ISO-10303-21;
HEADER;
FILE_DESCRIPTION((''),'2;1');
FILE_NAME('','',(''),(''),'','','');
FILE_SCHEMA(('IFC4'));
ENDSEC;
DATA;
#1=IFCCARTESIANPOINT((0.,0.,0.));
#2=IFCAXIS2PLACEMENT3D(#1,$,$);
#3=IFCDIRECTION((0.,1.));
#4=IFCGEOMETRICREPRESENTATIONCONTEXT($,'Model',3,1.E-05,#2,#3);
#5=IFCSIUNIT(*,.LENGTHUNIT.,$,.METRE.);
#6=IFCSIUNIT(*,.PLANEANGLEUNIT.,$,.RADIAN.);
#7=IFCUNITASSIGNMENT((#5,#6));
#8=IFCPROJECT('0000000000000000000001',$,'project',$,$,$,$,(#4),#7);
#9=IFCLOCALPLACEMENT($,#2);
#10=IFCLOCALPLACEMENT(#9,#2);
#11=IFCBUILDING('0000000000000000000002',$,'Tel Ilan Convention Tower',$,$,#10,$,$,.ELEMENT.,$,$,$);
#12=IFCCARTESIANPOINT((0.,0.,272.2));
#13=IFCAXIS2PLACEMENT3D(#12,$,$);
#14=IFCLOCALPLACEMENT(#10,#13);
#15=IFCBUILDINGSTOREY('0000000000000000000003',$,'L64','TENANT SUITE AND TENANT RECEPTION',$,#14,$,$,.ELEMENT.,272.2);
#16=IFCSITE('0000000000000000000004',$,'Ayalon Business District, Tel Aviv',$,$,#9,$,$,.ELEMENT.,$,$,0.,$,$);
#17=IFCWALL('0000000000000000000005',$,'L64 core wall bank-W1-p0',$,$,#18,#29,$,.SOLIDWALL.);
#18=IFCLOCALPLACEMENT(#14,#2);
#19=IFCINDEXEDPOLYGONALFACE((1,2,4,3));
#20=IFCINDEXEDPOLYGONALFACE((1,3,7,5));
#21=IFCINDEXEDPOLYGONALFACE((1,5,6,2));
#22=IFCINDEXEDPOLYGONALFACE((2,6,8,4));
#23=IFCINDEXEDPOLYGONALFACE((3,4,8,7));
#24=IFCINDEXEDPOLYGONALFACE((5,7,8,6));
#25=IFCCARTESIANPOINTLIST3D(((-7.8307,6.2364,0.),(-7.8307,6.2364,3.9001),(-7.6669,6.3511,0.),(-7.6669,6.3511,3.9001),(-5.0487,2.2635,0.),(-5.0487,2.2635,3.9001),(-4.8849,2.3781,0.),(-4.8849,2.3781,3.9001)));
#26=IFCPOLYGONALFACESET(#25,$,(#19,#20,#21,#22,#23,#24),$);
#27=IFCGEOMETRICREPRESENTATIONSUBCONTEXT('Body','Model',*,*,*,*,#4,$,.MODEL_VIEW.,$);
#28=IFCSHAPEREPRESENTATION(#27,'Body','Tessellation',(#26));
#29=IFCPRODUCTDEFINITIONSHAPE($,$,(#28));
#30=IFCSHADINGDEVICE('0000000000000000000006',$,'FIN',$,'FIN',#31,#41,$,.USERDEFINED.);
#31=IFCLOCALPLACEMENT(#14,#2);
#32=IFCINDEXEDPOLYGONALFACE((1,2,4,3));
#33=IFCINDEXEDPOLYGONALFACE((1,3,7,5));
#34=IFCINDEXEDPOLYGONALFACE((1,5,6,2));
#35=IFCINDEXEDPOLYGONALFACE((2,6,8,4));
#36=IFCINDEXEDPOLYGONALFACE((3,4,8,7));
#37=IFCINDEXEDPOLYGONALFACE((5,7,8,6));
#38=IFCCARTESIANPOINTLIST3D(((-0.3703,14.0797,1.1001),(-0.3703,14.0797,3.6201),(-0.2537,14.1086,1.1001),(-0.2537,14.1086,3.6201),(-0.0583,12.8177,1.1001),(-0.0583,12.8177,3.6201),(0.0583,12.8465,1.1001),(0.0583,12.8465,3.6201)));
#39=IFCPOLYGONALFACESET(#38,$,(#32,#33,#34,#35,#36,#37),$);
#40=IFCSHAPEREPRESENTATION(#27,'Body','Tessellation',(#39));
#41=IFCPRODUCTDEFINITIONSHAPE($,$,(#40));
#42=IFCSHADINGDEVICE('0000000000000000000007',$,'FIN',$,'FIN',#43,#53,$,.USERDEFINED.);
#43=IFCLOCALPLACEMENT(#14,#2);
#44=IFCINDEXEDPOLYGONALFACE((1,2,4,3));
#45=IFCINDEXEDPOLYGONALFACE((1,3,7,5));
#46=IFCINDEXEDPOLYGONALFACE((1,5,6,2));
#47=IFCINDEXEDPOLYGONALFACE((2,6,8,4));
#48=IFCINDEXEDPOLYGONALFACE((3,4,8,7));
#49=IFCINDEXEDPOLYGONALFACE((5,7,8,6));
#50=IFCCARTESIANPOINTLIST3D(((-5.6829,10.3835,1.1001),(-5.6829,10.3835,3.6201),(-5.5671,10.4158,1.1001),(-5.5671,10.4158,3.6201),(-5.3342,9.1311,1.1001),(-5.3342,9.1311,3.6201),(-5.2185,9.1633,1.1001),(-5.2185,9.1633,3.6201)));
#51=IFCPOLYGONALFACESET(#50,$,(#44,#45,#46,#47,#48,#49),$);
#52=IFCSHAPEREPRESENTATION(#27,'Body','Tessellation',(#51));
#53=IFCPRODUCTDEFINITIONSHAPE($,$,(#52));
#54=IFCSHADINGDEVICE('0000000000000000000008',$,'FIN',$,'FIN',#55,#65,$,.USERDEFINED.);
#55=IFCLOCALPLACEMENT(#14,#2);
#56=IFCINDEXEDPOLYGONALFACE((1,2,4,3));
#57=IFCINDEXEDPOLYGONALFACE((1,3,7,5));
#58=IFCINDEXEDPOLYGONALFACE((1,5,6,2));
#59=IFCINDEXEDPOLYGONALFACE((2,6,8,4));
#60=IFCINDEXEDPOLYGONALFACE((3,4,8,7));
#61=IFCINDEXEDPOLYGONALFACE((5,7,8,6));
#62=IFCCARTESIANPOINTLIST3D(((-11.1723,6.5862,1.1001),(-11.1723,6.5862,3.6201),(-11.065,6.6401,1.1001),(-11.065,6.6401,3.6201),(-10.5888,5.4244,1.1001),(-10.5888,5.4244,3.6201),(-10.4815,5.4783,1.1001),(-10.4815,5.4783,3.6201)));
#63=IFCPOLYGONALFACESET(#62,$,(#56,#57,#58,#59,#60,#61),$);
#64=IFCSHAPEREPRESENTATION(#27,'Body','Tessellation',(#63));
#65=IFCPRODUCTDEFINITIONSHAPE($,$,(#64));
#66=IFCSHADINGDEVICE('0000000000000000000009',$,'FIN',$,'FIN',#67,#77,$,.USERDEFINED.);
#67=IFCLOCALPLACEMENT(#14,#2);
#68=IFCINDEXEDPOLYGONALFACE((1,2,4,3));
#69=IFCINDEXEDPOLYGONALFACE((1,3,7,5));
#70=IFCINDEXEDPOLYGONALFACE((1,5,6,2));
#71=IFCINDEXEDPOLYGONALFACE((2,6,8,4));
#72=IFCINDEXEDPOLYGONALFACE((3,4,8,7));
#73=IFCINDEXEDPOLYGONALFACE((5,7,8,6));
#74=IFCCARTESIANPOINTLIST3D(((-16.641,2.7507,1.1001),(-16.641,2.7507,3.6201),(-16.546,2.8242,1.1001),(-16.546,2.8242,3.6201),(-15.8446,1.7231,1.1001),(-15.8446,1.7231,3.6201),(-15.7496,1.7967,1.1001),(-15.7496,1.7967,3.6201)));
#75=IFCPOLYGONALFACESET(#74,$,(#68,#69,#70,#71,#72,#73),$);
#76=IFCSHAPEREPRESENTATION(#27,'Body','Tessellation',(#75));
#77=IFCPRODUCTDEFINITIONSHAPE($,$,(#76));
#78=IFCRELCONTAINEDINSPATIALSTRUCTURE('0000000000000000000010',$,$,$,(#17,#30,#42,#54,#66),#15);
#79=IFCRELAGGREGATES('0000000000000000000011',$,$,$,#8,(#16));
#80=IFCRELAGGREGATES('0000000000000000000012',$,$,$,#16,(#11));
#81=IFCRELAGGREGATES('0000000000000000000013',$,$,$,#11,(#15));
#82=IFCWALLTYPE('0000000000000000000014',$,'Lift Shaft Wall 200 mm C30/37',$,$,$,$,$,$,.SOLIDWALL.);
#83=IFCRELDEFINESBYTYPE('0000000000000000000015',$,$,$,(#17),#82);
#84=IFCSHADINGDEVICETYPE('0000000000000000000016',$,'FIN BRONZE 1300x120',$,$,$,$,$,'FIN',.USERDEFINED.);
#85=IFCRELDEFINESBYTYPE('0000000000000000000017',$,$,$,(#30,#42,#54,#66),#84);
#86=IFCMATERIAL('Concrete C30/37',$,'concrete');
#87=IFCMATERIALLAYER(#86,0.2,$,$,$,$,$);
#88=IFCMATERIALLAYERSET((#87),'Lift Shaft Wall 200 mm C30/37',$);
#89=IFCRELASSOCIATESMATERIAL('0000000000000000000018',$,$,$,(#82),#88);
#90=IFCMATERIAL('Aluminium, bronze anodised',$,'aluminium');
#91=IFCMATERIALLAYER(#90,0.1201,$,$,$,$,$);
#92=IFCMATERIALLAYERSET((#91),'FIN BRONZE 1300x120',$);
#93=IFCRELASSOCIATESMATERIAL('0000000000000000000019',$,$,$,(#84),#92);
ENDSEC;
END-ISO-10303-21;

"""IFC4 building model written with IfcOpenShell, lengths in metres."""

from ifc_helpers import new_model, si_unit, direction, frame, frame_2d, origin, origin_2d, place, context, subcontext, project, spatial, rectangle, extrude, material, layer, layer_set, type_object, element, save


model = new_model("IFC4")

# Units and contexts
model_context = context("Model", 3, precision=1e-05, world=origin(), true_north=direction((0.0, 1.0)))
body_context = subcontext(model_context, "Body", "Model", "MODEL_VIEW")
ifc_project = project(units=[si_unit("LENGTHUNIT", "METRE"), si_unit("PLANEANGLEUNIT", "RADIAN")], contexts=[model_context])

# Site, building, storey
site_placement = place(None, origin())
site = spatial("IfcSite", under=ifc_project, at=site_placement, Name="Ayalon Business District, Tel Aviv", CompositionType="ELEMENT", RefElevation=0.0)
building_placement = place(site_placement, origin())
building = spatial("IfcBuilding", under=site, at=building_placement, Name="Tel Ilan Convention Tower", CompositionType="ELEMENT")
storey_placement = place(building_placement, frame((0.0, 0.0, 272.2)))
storey = spatial("IfcBuildingStorey", under=building, at=storey_placement, Name="L64", Description="TENANT SUITE AND TENANT RECEPTION", CompositionType="ELEMENT", Elevation=272.2)

# Wall
ifc_material_1 = material(Name="Concrete C30/37", Category="concrete")
ifc_layer_1 = layer(ifc_material_1, 0.2)
ifc_layer_set_1 = layer_set([ifc_layer_1], Name="Lift Shaft Wall 200 mm C30/37")
wall_type_1 = type_object("IfcWallType", Name="Lift Shaft Wall 200 mm C30/37", PredefinedType="SOLIDWALL", material=ifc_layer_set_1)
wall_1_placement = place(storey_placement, frame((-4.9668, 2.3208, 0.0), z_axis=(0.0, 0.0, 1.0), x_axis=(-0.573594, 0.81914, 0.0)))
element("IfcWall", 1, at=wall_1_placement, inside=storey, type_object=wall_type_1, Name="L64 core wall bank-W1-p0", PredefinedType="SOLIDWALL", context=body_context, shape_type="SweptSolid", body=[
    extrude(rectangle(XDim=4.8501, YDim=0.2, at=frame_2d((2.425, 0.0))), origin(), (0.0, 0.0, 1.0), 3.9001),
])

# Shading devices
ifc_material_2 = material(Name="Aluminium, bronze anodised", Category="aluminium")
ifc_layer_2 = layer(ifc_material_2, 0.1201)
ifc_layer_set_2 = layer_set([ifc_layer_2], Name="FIN BRONZE 1300x120")
shading_device_type = type_object("IfcShadingDeviceType", Name="FIN BRONZE 1300x120", ElementType="FIN", PredefinedType="USERDEFINED", material=ifc_layer_set_2)
for number, where, z_axis, x_axis, name in (
    (2, (-0.156, 13.4631, 1.1001), (0.0, 0.0, 1.0), (-0.24004, 0.970763, 0.0), "FIN"),
    (3, (-5.4507, 9.7734, 1.1001), (0.0, 0.0, 1.0), (-0.268173, 0.963371, 0.0), "FIN"),
    (4, (-10.8269, 6.0322, 1.1001), (0.0, 0.0, 1.0), (-0.448799, 0.893633, 0.0), "FIN"),
    (5, (-16.1953, 2.2737, 1.1001), (0.0, 0.0, 1.0), (-0.612601, 0.790393, 0.0), "FIN"),
):
    element("IfcShadingDevice", number, at=place(storey_placement, frame(where, z_axis=z_axis, x_axis=x_axis)), inside=storey, type_object=shading_device_type, Name=name, ObjectType="FIN", PredefinedType="USERDEFINED", context=body_context, shape_type="SweptSolid", body=[
        extrude(rectangle(XDim=1.3, YDim=0.1201, at=origin_2d()), origin(), (0.0, 0.0, 1.0), 2.52),
    ])

save(model, "model.ifc")
